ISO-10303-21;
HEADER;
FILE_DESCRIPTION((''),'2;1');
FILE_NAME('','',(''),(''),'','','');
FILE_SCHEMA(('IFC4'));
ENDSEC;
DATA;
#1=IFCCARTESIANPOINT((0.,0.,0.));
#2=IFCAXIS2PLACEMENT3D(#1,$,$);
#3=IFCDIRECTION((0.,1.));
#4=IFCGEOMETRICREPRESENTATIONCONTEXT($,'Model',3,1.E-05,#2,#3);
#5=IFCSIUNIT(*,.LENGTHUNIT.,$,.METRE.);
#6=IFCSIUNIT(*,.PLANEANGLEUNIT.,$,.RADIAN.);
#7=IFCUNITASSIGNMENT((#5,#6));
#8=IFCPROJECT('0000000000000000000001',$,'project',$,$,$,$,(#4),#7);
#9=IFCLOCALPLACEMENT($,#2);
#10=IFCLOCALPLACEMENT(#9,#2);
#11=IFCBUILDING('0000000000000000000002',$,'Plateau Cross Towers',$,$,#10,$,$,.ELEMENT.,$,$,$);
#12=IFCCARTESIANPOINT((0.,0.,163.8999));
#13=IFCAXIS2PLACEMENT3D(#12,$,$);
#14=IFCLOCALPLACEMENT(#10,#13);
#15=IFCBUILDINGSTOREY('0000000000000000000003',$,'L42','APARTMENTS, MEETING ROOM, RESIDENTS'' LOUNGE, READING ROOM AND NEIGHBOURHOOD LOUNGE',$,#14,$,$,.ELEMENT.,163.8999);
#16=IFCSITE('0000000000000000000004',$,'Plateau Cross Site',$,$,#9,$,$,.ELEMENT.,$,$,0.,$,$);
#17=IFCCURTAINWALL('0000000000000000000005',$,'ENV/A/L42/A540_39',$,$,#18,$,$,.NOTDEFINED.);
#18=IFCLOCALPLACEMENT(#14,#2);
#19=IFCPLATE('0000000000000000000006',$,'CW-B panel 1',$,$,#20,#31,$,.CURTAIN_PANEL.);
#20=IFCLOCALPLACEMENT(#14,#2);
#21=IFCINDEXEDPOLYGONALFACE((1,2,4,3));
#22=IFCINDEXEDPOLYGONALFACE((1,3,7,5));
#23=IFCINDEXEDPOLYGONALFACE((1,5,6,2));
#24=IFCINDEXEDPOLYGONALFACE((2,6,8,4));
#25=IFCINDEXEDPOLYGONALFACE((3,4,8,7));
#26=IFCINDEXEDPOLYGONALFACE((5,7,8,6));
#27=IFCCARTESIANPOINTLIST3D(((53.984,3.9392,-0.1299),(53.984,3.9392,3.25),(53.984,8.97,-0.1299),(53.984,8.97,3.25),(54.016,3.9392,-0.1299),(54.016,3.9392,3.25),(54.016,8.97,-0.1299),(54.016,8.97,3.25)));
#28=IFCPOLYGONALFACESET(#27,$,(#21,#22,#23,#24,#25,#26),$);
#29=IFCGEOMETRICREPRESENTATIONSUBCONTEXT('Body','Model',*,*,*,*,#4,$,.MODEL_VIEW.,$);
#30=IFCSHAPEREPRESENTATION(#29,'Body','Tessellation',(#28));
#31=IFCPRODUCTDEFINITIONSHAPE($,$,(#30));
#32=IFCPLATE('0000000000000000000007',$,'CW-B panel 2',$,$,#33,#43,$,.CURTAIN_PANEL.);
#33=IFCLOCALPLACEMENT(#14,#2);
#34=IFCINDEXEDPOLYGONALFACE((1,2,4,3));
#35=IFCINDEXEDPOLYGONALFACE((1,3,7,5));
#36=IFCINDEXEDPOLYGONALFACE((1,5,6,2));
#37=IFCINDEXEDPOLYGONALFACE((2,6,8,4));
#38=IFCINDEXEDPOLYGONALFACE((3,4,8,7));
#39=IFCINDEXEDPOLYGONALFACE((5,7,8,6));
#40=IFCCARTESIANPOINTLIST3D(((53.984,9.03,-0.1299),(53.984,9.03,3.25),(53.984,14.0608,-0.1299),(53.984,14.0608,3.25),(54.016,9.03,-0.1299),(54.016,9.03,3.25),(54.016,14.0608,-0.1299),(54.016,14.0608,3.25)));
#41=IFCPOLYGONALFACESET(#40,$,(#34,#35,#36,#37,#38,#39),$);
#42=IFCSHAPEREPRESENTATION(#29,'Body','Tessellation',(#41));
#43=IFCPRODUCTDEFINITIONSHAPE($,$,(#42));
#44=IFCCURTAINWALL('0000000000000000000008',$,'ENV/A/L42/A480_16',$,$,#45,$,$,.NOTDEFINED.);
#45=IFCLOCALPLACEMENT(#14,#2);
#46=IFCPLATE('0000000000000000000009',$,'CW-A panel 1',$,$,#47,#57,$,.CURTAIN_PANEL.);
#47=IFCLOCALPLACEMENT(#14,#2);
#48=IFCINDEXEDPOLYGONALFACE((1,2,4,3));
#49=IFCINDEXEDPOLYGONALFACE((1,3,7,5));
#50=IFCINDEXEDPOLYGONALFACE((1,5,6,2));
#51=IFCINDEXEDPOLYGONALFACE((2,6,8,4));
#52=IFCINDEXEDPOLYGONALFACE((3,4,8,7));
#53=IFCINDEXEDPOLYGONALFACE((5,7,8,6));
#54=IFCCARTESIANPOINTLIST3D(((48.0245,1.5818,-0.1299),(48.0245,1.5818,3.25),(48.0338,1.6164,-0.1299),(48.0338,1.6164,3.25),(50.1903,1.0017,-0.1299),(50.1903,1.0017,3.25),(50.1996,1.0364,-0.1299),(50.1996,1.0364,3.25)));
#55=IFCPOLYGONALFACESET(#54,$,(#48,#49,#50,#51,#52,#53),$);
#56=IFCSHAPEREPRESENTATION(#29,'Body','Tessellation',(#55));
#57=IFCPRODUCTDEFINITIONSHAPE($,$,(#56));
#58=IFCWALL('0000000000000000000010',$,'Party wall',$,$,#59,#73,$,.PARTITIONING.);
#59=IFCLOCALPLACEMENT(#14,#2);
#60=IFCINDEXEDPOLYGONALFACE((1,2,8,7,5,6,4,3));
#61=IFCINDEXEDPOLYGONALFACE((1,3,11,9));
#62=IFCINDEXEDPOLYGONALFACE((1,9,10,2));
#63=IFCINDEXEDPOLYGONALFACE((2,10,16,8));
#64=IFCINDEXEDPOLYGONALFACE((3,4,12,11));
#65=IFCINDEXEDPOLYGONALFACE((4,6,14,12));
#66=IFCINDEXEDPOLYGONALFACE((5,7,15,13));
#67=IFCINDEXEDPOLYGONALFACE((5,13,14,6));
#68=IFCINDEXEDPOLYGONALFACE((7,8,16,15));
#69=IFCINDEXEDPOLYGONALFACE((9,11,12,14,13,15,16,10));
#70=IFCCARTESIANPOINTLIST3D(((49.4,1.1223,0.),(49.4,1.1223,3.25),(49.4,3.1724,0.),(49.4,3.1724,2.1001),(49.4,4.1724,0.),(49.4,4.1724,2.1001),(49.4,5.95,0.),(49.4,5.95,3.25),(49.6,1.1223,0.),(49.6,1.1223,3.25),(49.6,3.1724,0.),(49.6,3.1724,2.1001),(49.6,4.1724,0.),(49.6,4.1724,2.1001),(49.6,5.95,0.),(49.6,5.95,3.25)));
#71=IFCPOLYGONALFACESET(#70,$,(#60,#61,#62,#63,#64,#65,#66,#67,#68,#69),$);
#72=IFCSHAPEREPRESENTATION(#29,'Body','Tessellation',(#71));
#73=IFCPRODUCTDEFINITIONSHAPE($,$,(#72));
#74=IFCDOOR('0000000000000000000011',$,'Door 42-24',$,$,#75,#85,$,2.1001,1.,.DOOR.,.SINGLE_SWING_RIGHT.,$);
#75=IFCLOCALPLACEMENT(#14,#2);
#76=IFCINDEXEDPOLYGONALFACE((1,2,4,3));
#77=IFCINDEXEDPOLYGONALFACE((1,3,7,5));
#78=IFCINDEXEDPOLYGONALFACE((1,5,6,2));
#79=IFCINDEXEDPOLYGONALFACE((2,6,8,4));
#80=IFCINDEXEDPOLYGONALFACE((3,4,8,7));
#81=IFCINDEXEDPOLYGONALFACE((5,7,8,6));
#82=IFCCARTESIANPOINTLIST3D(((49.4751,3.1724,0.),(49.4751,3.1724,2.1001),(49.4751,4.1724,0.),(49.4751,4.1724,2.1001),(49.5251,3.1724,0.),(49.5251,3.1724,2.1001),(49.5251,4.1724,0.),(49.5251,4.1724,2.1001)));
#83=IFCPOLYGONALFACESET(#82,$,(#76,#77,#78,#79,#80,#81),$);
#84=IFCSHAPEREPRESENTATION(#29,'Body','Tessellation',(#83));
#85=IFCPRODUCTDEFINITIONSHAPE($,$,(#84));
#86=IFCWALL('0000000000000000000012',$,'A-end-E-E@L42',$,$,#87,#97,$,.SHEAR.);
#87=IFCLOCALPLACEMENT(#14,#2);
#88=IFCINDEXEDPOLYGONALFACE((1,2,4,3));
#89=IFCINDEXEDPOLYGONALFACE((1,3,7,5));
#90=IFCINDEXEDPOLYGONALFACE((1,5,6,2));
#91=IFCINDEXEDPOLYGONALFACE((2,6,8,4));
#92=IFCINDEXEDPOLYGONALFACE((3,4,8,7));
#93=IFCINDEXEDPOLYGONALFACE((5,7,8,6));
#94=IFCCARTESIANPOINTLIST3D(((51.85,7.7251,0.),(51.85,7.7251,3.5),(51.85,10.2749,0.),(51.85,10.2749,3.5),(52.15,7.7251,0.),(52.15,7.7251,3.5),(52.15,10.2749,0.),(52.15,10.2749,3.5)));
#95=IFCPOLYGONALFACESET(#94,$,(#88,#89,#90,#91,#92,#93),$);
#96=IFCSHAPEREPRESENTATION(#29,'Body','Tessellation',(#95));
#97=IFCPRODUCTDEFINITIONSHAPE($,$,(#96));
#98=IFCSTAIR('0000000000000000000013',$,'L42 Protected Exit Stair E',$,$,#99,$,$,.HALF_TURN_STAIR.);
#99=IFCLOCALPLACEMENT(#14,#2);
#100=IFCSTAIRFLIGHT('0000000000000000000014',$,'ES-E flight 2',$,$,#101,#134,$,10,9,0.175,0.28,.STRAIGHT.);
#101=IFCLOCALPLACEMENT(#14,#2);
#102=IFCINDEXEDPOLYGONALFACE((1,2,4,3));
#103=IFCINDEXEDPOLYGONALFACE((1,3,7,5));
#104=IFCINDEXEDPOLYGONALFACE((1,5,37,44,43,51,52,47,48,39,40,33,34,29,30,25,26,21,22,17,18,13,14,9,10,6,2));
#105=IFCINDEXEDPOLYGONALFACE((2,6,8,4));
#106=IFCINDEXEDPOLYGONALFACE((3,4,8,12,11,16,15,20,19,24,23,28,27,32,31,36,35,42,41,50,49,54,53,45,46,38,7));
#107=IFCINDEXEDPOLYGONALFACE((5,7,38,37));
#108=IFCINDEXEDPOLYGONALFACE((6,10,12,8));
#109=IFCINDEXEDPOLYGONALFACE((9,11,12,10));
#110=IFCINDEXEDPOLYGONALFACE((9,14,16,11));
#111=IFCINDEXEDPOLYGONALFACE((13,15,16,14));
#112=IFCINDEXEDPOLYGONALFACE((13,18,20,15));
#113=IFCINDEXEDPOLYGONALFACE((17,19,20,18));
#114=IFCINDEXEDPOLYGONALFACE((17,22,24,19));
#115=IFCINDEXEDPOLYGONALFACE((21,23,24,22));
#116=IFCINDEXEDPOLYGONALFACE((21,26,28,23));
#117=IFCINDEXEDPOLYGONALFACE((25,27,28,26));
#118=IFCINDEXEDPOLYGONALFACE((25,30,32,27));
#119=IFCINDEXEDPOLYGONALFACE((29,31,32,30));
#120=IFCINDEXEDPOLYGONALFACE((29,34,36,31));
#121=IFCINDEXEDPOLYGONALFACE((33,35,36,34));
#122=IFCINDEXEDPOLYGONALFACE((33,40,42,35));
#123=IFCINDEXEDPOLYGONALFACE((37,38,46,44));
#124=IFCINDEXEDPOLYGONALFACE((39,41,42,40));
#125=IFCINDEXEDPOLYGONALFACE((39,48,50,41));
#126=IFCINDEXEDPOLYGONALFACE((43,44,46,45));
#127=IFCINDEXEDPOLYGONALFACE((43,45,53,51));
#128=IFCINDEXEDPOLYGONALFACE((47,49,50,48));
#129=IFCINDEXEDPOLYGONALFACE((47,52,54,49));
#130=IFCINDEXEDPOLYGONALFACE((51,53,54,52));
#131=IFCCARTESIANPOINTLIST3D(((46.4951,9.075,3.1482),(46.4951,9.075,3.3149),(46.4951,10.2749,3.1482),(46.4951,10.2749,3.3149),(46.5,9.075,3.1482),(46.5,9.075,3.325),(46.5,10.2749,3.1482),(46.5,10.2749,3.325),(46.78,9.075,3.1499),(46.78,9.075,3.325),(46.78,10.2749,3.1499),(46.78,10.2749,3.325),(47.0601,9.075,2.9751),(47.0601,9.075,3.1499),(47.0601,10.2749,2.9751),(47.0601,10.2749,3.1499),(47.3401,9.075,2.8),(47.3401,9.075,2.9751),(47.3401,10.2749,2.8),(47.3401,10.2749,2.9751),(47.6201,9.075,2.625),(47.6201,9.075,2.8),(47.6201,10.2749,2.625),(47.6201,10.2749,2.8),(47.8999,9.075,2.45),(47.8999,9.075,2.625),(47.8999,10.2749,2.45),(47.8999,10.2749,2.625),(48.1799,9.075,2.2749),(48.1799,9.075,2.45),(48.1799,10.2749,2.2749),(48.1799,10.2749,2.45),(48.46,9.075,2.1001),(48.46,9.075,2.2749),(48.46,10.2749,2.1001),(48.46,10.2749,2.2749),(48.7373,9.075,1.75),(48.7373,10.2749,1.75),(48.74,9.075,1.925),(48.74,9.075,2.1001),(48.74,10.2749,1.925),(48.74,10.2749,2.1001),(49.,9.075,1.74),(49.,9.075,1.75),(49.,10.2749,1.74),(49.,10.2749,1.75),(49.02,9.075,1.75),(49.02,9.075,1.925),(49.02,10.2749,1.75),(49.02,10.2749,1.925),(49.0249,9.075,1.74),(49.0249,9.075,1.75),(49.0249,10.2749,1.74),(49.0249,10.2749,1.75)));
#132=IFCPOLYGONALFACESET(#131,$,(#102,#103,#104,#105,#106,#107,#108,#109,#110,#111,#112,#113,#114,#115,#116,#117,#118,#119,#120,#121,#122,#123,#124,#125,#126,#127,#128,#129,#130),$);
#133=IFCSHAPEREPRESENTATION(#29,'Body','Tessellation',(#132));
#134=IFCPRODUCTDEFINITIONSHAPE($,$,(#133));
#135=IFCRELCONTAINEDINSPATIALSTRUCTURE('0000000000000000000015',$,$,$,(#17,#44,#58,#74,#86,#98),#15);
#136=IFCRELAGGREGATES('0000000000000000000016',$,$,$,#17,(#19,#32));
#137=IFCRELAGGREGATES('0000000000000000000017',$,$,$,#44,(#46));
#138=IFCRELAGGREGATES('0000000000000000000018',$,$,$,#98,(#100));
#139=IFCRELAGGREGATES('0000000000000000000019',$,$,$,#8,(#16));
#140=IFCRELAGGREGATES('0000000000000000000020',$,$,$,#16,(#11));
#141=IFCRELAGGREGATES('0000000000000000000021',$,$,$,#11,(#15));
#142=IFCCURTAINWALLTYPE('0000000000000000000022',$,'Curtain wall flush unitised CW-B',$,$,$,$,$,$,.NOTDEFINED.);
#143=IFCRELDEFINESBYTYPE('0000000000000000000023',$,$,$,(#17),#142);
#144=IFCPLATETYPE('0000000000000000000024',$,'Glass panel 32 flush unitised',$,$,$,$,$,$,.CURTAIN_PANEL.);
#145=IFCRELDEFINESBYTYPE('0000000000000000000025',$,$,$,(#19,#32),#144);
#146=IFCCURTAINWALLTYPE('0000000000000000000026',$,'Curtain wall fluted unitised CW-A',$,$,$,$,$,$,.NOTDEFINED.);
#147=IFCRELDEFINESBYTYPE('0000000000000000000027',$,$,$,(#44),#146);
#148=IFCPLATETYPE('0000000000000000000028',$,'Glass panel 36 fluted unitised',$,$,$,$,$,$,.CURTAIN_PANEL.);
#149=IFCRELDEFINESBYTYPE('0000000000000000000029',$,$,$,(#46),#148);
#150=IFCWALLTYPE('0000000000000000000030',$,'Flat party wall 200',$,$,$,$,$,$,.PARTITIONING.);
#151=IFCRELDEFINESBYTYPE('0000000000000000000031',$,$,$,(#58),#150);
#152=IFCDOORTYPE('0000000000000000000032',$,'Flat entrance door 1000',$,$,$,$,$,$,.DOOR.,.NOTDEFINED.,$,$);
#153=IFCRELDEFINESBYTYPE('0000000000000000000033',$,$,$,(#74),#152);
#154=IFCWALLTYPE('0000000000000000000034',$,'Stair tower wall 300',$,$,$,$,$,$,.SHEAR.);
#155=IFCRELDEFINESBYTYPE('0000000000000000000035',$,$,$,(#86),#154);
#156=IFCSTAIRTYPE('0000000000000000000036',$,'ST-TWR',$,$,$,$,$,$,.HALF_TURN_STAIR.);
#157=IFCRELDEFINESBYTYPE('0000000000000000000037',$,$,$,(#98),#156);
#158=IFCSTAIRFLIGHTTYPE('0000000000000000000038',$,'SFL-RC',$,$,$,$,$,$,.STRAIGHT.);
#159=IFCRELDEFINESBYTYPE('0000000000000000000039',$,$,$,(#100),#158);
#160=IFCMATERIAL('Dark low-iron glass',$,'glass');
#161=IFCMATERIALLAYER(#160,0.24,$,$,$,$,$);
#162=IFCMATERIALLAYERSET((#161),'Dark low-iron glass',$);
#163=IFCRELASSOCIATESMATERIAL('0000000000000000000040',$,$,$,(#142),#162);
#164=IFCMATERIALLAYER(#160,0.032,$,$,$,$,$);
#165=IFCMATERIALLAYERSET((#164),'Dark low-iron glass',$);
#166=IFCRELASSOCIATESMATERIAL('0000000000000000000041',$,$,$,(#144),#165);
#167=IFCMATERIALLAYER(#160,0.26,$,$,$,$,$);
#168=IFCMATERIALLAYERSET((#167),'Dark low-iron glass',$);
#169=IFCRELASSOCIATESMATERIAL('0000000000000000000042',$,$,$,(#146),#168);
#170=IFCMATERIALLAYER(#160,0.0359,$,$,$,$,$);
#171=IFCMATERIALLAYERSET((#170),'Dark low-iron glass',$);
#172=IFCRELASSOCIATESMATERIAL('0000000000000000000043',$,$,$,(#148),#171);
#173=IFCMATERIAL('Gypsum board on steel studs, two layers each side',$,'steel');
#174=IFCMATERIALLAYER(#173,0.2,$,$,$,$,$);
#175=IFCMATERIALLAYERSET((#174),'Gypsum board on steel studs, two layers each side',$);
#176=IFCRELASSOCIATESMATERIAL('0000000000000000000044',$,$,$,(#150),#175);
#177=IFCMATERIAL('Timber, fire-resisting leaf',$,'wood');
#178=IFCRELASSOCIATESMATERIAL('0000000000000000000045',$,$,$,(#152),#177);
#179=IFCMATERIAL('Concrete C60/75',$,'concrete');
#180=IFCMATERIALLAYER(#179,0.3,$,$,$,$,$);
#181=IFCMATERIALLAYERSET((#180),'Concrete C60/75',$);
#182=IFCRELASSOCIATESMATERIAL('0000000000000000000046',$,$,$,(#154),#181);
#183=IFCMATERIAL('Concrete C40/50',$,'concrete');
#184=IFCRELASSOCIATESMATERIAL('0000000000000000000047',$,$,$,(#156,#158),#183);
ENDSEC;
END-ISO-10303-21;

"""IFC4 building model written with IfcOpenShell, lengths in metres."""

from ifc_helpers import new_model, si_unit, direction, frame, frame_2d, origin, origin_2d, place, context, subcontext, project, spatial, polyline, rectangle, outline, extrude, material, layer, layer_set, type_object, element, fill, aggregate, save


model = new_model("IFC4")

# Units and contexts
model_context = context("Model", 3, precision=1e-05, world=origin(), true_north=direction((0.0, 1.0)))
body_context = subcontext(model_context, "Body", "Model", "MODEL_VIEW")
ifc_project = project(units=[si_unit("LENGTHUNIT", "METRE"), si_unit("PLANEANGLEUNIT", "RADIAN")], contexts=[model_context])

# Site, building, storey
site_placement = place(None, origin())
site = spatial("IfcSite", under=ifc_project, at=site_placement, Name="Plateau Cross Site", CompositionType="ELEMENT", RefElevation=0.0)
building_placement = place(site_placement, origin())
building = spatial("IfcBuilding", under=site, at=building_placement, Name="Plateau Cross Towers", CompositionType="ELEMENT")
storey_placement = place(building_placement, frame((0.0, 0.0, 163.8999)))
storey = spatial("IfcBuildingStorey", under=building, at=storey_placement, Name="L42", Description="APARTMENTS, MEETING ROOM, RESIDENTS' LOUNGE, READING ROOM AND NEIGHBOURHOOD LOUNGE", CompositionType="ELEMENT", Elevation=163.8999)

# Shared definitions
ifc_material_1 = material(Name="Concrete C60/75", Category="concrete")

# Shared definitions
ifc_material_2 = material(Name="Dark low-iron glass", Category="glass")
ifc_layer_1 = layer(ifc_material_2, 0.24)
ifc_layer_set_1 = layer_set([ifc_layer_1], Name="Dark low-iron glass")
curtain_wall_type_1 = type_object("IfcCurtainWallType", Name="Curtain wall flush unitised CW-B", PredefinedType="NOTDEFINED", material=ifc_layer_set_1)

# Curtain wall
curtain_wall_1_placement = place(storey_placement, origin())
curtain_wall_1 = element("IfcCurtainWall", 1, at=curtain_wall_1_placement, inside=storey, type_object=curtain_wall_type_1, Name="ENV/A/L42/A540_39", PredefinedType="NOTDEFINED")

# Plates
ifc_layer_2 = layer(ifc_material_2, 0.032)
ifc_layer_set_2 = layer_set([ifc_layer_2], Name="Dark low-iron glass")
plate_type_1 = type_object("IfcPlateType", Name="Glass panel 32 flush unitised", PredefinedType="CURTAIN_PANEL", material=ifc_layer_set_2)
plate_1_placement = place(storey_placement, frame((54.0, 6.4546, -0.1299), z_axis=(0.0, 0.0, 1.0), x_axis=(0.0, 1.0, 0.0)))
plate_1 = element("IfcPlate", 2, at=plate_1_placement, type_object=plate_type_1, Name="CW-B panel 1", PredefinedType="CURTAIN_PANEL", context=body_context, shape_type="SweptSolid", body=[
    extrude(rectangle(XDim=5.0308, YDim=0.032, at=origin_2d()), origin(), (0.0, 0.0, 1.0), 3.3799),
])
plate_2_placement = place(storey_placement, frame((54.0, 11.5454, -0.1299), z_axis=(0.0, 0.0, 1.0), x_axis=(0.0, 1.0, 0.0)))
plate_2 = element("IfcPlate", 3, at=plate_2_placement, type_object=plate_type_1, Name="CW-B panel 2", PredefinedType="CURTAIN_PANEL", context=body_context, shape_type="SweptSolid", body=[
    extrude(rectangle(XDim=5.0308, YDim=0.032, at=origin_2d()), origin(), (0.0, 0.0, 1.0), 3.3799),
])
aggregate(curtain_wall_1, [plate_1, plate_2])

# Curtain wall, plate
ifc_layer_3 = layer(ifc_material_2, 0.26)
ifc_layer_set_3 = layer_set([ifc_layer_3], Name="Dark low-iron glass")
curtain_wall_type_2 = type_object("IfcCurtainWallType", Name="Curtain wall fluted unitised CW-A", PredefinedType="NOTDEFINED", material=ifc_layer_set_3)
curtain_wall_2_placement = place(storey_placement, origin())
curtain_wall_2 = element("IfcCurtainWall", 4, at=curtain_wall_2_placement, inside=storey, type_object=curtain_wall_type_2, Name="ENV/A/L42/A480_16", PredefinedType="NOTDEFINED")
ifc_layer_4 = layer(ifc_material_2, 0.0359)
ifc_layer_set_4 = layer_set([ifc_layer_4], Name="Dark low-iron glass")
plate_type_2 = type_object("IfcPlateType", Name="Glass panel 36 fluted unitised", PredefinedType="CURTAIN_PANEL", material=ifc_layer_set_4)
plate_3_placement = place(storey_placement, frame((49.1121, 1.3091, -0.1299), z_axis=(0.0, 0.0, 1.0), x_axis=(0.965958, -0.258699, 0.0)))
plate_3 = element("IfcPlate", 5, at=plate_3_placement, type_object=plate_type_2, Name="CW-A panel 1", PredefinedType="CURTAIN_PANEL", context=body_context, shape_type="SweptSolid", body=[
    extrude(rectangle(XDim=2.2422, YDim=0.0359, at=origin_2d()), origin(), (0.0, 0.0, 1.0), 3.3799),
])
aggregate(curtain_wall_2, [plate_3])

# Wall, opening, door
ifc_material_3 = material(Name="Gypsum board on steel studs, two layers each side", Category="steel")
ifc_layer_5 = layer(ifc_material_3, 0.2)
ifc_layer_set_5 = layer_set([ifc_layer_5], Name="Gypsum board on steel studs, two layers each side")
wall_type_1 = type_object("IfcWallType", Name="Flat party wall 200", PredefinedType="PARTITIONING", material=ifc_layer_set_5)
wall_1_placement = place(storey_placement, frame((49.5, 1.1223, 0.0), z_axis=(0.0, 0.0, 1.0), x_axis=(0.0, 1.0, 0.0)))
wall_1 = element("IfcWall", 6, at=wall_1_placement, inside=storey, type_object=wall_type_1, Name="Party wall", PredefinedType="PARTITIONING", context=body_context, shape_type="SweptSolid", body=[
    extrude(rectangle(XDim=4.8276, YDim=0.2, at=frame_2d((2.4138, 0.0))), origin(), (0.0, 0.0, 1.0), 3.25),
])
opening_placement = place(wall_1_placement, frame((2.05, 0.0, 0.0)))
opening = element("IfcOpeningElement", 7, at=opening_placement, cuts=wall_1, PredefinedType="OPENING", context=body_context, shape_type="SweptSolid", body=[
    extrude(rectangle(XDim=1.0, YDim=2.1001, at=frame_2d((0.5, 1.05))), frame((0.0, 0.1099, 0.0), z_axis=(0.0, -1.0, 0.0), x_axis=(1.0, 0.0, 0.0)), (0.0, 0.0, 1.0), 0.22),
])
ifc_material_4 = material(Name="Timber, fire-resisting leaf", Category="wood")
door_type = type_object("IfcDoorType", Name="Flat entrance door 1000", OperationType="NOTDEFINED", PredefinedType="DOOR", material=ifc_material_4)
door_placement = place(opening_placement, origin())
door = element("IfcDoor", 8, at=door_placement, inside=storey, type_object=door_type, Name="Door 42-24", OperationType="SINGLE_SWING_RIGHT", OverallHeight=2.1001, OverallWidth=1.0, PredefinedType="DOOR", context=body_context, shape_type="SweptSolid", body=[
    extrude(rectangle(XDim=1.0, YDim=2.1001, at=frame_2d((0.5, 1.05))), frame((0.0, 0.0249, 0.0), z_axis=(0.0, -1.0, 0.0), x_axis=(1.0, 0.0, 0.0)), (0.0, 0.0, 1.0), 0.05),
])
fill(opening, door)

# Wall
ifc_layer_6 = layer(ifc_material_1, 0.3)
ifc_layer_set_6 = layer_set([ifc_layer_6], Name="Concrete C60/75")
wall_type_2 = type_object("IfcWallType", Name="Stair tower wall 300", PredefinedType="SHEAR", material=ifc_layer_set_6)
wall_2_placement = place(storey_placement, frame((52.0, 7.7251, 0.0), z_axis=(0.0, 0.0, 1.0), x_axis=(0.0, 1.0, 0.0)))
element("IfcWall", 9, at=wall_2_placement, inside=storey, type_object=wall_type_2, Name="A-end-E-E@L42", PredefinedType="SHEAR", context=body_context, shape_type="SweptSolid", body=[
    extrude(rectangle(XDim=2.5498, YDim=0.3, at=frame_2d((1.2749, 0.0))), origin(), (0.0, 0.0, 1.0), 3.5),
])

# Stair, stair flight
ifc_material_5 = material(Name="Concrete C40/50", Category="concrete")
stair_type = type_object("IfcStairType", Name="ST-TWR", PredefinedType="HALF_TURN_STAIR", material=ifc_material_5)
stair_placement = place(storey_placement, origin())
stair = element("IfcStair", 10, at=stair_placement, inside=storey, type_object=stair_type, Name="L42 Protected Exit Stair E", PredefinedType="HALF_TURN_STAIR")
stair_flight_type = type_object("IfcStairFlightType", Name="SFL-RC", PredefinedType="STRAIGHT", material=ifc_material_5)
stair_flight_placement = place(storey_placement, frame((49.02, 9.675, 1.75), z_axis=(0.0, 0.0, 1.0), x_axis=(-1.0, 0.0, 0.0)))
stair_flight = element("IfcStairFlight", 11, at=stair_flight_placement, type_object=stair_flight_type, Name="ES-E flight 2", NumberOfRisers=10, NumberOfTreads=9, PredefinedType="STRAIGHT", RiserHeight=0.175, TreadLength=0.28, context=body_context, shape_type="SweptSolid", body=[
    extrude(outline(polyline([(-0.0049, -0.01), (-0.0049, 0.0), (0.0, 0.0), (0.0, 0.175), (0.28, 0.175), (0.28, 0.3501), (0.5601, 0.3501), (0.5601, 0.5249), (0.8401, 0.5249), (0.8401, 0.7), (1.1201, 0.7), (1.1201, 0.875), (1.3999, 0.875), (1.3999, 1.05), (1.6799, 1.05), (1.6799, 1.2251), (1.96, 1.2251), (1.96, 1.3999), (2.24, 1.3999), (2.24, 1.575), (2.52, 1.575), (2.5249, 1.5649), (2.5249, 1.3982), (2.52, 1.3982), (0.2827, 0.0), (0.02, 0.0), (0.02, -0.01), (-0.0049, -0.01)])), frame((0.0, 0.6001, 0.0), z_axis=(0.0, -1.0, 0.0), x_axis=(1.0, 0.0, 0.0)), (0.0, 0.0, 1.0), 1.2),
])
aggregate(stair, [stair_flight])

save(model, "model.ifc")
